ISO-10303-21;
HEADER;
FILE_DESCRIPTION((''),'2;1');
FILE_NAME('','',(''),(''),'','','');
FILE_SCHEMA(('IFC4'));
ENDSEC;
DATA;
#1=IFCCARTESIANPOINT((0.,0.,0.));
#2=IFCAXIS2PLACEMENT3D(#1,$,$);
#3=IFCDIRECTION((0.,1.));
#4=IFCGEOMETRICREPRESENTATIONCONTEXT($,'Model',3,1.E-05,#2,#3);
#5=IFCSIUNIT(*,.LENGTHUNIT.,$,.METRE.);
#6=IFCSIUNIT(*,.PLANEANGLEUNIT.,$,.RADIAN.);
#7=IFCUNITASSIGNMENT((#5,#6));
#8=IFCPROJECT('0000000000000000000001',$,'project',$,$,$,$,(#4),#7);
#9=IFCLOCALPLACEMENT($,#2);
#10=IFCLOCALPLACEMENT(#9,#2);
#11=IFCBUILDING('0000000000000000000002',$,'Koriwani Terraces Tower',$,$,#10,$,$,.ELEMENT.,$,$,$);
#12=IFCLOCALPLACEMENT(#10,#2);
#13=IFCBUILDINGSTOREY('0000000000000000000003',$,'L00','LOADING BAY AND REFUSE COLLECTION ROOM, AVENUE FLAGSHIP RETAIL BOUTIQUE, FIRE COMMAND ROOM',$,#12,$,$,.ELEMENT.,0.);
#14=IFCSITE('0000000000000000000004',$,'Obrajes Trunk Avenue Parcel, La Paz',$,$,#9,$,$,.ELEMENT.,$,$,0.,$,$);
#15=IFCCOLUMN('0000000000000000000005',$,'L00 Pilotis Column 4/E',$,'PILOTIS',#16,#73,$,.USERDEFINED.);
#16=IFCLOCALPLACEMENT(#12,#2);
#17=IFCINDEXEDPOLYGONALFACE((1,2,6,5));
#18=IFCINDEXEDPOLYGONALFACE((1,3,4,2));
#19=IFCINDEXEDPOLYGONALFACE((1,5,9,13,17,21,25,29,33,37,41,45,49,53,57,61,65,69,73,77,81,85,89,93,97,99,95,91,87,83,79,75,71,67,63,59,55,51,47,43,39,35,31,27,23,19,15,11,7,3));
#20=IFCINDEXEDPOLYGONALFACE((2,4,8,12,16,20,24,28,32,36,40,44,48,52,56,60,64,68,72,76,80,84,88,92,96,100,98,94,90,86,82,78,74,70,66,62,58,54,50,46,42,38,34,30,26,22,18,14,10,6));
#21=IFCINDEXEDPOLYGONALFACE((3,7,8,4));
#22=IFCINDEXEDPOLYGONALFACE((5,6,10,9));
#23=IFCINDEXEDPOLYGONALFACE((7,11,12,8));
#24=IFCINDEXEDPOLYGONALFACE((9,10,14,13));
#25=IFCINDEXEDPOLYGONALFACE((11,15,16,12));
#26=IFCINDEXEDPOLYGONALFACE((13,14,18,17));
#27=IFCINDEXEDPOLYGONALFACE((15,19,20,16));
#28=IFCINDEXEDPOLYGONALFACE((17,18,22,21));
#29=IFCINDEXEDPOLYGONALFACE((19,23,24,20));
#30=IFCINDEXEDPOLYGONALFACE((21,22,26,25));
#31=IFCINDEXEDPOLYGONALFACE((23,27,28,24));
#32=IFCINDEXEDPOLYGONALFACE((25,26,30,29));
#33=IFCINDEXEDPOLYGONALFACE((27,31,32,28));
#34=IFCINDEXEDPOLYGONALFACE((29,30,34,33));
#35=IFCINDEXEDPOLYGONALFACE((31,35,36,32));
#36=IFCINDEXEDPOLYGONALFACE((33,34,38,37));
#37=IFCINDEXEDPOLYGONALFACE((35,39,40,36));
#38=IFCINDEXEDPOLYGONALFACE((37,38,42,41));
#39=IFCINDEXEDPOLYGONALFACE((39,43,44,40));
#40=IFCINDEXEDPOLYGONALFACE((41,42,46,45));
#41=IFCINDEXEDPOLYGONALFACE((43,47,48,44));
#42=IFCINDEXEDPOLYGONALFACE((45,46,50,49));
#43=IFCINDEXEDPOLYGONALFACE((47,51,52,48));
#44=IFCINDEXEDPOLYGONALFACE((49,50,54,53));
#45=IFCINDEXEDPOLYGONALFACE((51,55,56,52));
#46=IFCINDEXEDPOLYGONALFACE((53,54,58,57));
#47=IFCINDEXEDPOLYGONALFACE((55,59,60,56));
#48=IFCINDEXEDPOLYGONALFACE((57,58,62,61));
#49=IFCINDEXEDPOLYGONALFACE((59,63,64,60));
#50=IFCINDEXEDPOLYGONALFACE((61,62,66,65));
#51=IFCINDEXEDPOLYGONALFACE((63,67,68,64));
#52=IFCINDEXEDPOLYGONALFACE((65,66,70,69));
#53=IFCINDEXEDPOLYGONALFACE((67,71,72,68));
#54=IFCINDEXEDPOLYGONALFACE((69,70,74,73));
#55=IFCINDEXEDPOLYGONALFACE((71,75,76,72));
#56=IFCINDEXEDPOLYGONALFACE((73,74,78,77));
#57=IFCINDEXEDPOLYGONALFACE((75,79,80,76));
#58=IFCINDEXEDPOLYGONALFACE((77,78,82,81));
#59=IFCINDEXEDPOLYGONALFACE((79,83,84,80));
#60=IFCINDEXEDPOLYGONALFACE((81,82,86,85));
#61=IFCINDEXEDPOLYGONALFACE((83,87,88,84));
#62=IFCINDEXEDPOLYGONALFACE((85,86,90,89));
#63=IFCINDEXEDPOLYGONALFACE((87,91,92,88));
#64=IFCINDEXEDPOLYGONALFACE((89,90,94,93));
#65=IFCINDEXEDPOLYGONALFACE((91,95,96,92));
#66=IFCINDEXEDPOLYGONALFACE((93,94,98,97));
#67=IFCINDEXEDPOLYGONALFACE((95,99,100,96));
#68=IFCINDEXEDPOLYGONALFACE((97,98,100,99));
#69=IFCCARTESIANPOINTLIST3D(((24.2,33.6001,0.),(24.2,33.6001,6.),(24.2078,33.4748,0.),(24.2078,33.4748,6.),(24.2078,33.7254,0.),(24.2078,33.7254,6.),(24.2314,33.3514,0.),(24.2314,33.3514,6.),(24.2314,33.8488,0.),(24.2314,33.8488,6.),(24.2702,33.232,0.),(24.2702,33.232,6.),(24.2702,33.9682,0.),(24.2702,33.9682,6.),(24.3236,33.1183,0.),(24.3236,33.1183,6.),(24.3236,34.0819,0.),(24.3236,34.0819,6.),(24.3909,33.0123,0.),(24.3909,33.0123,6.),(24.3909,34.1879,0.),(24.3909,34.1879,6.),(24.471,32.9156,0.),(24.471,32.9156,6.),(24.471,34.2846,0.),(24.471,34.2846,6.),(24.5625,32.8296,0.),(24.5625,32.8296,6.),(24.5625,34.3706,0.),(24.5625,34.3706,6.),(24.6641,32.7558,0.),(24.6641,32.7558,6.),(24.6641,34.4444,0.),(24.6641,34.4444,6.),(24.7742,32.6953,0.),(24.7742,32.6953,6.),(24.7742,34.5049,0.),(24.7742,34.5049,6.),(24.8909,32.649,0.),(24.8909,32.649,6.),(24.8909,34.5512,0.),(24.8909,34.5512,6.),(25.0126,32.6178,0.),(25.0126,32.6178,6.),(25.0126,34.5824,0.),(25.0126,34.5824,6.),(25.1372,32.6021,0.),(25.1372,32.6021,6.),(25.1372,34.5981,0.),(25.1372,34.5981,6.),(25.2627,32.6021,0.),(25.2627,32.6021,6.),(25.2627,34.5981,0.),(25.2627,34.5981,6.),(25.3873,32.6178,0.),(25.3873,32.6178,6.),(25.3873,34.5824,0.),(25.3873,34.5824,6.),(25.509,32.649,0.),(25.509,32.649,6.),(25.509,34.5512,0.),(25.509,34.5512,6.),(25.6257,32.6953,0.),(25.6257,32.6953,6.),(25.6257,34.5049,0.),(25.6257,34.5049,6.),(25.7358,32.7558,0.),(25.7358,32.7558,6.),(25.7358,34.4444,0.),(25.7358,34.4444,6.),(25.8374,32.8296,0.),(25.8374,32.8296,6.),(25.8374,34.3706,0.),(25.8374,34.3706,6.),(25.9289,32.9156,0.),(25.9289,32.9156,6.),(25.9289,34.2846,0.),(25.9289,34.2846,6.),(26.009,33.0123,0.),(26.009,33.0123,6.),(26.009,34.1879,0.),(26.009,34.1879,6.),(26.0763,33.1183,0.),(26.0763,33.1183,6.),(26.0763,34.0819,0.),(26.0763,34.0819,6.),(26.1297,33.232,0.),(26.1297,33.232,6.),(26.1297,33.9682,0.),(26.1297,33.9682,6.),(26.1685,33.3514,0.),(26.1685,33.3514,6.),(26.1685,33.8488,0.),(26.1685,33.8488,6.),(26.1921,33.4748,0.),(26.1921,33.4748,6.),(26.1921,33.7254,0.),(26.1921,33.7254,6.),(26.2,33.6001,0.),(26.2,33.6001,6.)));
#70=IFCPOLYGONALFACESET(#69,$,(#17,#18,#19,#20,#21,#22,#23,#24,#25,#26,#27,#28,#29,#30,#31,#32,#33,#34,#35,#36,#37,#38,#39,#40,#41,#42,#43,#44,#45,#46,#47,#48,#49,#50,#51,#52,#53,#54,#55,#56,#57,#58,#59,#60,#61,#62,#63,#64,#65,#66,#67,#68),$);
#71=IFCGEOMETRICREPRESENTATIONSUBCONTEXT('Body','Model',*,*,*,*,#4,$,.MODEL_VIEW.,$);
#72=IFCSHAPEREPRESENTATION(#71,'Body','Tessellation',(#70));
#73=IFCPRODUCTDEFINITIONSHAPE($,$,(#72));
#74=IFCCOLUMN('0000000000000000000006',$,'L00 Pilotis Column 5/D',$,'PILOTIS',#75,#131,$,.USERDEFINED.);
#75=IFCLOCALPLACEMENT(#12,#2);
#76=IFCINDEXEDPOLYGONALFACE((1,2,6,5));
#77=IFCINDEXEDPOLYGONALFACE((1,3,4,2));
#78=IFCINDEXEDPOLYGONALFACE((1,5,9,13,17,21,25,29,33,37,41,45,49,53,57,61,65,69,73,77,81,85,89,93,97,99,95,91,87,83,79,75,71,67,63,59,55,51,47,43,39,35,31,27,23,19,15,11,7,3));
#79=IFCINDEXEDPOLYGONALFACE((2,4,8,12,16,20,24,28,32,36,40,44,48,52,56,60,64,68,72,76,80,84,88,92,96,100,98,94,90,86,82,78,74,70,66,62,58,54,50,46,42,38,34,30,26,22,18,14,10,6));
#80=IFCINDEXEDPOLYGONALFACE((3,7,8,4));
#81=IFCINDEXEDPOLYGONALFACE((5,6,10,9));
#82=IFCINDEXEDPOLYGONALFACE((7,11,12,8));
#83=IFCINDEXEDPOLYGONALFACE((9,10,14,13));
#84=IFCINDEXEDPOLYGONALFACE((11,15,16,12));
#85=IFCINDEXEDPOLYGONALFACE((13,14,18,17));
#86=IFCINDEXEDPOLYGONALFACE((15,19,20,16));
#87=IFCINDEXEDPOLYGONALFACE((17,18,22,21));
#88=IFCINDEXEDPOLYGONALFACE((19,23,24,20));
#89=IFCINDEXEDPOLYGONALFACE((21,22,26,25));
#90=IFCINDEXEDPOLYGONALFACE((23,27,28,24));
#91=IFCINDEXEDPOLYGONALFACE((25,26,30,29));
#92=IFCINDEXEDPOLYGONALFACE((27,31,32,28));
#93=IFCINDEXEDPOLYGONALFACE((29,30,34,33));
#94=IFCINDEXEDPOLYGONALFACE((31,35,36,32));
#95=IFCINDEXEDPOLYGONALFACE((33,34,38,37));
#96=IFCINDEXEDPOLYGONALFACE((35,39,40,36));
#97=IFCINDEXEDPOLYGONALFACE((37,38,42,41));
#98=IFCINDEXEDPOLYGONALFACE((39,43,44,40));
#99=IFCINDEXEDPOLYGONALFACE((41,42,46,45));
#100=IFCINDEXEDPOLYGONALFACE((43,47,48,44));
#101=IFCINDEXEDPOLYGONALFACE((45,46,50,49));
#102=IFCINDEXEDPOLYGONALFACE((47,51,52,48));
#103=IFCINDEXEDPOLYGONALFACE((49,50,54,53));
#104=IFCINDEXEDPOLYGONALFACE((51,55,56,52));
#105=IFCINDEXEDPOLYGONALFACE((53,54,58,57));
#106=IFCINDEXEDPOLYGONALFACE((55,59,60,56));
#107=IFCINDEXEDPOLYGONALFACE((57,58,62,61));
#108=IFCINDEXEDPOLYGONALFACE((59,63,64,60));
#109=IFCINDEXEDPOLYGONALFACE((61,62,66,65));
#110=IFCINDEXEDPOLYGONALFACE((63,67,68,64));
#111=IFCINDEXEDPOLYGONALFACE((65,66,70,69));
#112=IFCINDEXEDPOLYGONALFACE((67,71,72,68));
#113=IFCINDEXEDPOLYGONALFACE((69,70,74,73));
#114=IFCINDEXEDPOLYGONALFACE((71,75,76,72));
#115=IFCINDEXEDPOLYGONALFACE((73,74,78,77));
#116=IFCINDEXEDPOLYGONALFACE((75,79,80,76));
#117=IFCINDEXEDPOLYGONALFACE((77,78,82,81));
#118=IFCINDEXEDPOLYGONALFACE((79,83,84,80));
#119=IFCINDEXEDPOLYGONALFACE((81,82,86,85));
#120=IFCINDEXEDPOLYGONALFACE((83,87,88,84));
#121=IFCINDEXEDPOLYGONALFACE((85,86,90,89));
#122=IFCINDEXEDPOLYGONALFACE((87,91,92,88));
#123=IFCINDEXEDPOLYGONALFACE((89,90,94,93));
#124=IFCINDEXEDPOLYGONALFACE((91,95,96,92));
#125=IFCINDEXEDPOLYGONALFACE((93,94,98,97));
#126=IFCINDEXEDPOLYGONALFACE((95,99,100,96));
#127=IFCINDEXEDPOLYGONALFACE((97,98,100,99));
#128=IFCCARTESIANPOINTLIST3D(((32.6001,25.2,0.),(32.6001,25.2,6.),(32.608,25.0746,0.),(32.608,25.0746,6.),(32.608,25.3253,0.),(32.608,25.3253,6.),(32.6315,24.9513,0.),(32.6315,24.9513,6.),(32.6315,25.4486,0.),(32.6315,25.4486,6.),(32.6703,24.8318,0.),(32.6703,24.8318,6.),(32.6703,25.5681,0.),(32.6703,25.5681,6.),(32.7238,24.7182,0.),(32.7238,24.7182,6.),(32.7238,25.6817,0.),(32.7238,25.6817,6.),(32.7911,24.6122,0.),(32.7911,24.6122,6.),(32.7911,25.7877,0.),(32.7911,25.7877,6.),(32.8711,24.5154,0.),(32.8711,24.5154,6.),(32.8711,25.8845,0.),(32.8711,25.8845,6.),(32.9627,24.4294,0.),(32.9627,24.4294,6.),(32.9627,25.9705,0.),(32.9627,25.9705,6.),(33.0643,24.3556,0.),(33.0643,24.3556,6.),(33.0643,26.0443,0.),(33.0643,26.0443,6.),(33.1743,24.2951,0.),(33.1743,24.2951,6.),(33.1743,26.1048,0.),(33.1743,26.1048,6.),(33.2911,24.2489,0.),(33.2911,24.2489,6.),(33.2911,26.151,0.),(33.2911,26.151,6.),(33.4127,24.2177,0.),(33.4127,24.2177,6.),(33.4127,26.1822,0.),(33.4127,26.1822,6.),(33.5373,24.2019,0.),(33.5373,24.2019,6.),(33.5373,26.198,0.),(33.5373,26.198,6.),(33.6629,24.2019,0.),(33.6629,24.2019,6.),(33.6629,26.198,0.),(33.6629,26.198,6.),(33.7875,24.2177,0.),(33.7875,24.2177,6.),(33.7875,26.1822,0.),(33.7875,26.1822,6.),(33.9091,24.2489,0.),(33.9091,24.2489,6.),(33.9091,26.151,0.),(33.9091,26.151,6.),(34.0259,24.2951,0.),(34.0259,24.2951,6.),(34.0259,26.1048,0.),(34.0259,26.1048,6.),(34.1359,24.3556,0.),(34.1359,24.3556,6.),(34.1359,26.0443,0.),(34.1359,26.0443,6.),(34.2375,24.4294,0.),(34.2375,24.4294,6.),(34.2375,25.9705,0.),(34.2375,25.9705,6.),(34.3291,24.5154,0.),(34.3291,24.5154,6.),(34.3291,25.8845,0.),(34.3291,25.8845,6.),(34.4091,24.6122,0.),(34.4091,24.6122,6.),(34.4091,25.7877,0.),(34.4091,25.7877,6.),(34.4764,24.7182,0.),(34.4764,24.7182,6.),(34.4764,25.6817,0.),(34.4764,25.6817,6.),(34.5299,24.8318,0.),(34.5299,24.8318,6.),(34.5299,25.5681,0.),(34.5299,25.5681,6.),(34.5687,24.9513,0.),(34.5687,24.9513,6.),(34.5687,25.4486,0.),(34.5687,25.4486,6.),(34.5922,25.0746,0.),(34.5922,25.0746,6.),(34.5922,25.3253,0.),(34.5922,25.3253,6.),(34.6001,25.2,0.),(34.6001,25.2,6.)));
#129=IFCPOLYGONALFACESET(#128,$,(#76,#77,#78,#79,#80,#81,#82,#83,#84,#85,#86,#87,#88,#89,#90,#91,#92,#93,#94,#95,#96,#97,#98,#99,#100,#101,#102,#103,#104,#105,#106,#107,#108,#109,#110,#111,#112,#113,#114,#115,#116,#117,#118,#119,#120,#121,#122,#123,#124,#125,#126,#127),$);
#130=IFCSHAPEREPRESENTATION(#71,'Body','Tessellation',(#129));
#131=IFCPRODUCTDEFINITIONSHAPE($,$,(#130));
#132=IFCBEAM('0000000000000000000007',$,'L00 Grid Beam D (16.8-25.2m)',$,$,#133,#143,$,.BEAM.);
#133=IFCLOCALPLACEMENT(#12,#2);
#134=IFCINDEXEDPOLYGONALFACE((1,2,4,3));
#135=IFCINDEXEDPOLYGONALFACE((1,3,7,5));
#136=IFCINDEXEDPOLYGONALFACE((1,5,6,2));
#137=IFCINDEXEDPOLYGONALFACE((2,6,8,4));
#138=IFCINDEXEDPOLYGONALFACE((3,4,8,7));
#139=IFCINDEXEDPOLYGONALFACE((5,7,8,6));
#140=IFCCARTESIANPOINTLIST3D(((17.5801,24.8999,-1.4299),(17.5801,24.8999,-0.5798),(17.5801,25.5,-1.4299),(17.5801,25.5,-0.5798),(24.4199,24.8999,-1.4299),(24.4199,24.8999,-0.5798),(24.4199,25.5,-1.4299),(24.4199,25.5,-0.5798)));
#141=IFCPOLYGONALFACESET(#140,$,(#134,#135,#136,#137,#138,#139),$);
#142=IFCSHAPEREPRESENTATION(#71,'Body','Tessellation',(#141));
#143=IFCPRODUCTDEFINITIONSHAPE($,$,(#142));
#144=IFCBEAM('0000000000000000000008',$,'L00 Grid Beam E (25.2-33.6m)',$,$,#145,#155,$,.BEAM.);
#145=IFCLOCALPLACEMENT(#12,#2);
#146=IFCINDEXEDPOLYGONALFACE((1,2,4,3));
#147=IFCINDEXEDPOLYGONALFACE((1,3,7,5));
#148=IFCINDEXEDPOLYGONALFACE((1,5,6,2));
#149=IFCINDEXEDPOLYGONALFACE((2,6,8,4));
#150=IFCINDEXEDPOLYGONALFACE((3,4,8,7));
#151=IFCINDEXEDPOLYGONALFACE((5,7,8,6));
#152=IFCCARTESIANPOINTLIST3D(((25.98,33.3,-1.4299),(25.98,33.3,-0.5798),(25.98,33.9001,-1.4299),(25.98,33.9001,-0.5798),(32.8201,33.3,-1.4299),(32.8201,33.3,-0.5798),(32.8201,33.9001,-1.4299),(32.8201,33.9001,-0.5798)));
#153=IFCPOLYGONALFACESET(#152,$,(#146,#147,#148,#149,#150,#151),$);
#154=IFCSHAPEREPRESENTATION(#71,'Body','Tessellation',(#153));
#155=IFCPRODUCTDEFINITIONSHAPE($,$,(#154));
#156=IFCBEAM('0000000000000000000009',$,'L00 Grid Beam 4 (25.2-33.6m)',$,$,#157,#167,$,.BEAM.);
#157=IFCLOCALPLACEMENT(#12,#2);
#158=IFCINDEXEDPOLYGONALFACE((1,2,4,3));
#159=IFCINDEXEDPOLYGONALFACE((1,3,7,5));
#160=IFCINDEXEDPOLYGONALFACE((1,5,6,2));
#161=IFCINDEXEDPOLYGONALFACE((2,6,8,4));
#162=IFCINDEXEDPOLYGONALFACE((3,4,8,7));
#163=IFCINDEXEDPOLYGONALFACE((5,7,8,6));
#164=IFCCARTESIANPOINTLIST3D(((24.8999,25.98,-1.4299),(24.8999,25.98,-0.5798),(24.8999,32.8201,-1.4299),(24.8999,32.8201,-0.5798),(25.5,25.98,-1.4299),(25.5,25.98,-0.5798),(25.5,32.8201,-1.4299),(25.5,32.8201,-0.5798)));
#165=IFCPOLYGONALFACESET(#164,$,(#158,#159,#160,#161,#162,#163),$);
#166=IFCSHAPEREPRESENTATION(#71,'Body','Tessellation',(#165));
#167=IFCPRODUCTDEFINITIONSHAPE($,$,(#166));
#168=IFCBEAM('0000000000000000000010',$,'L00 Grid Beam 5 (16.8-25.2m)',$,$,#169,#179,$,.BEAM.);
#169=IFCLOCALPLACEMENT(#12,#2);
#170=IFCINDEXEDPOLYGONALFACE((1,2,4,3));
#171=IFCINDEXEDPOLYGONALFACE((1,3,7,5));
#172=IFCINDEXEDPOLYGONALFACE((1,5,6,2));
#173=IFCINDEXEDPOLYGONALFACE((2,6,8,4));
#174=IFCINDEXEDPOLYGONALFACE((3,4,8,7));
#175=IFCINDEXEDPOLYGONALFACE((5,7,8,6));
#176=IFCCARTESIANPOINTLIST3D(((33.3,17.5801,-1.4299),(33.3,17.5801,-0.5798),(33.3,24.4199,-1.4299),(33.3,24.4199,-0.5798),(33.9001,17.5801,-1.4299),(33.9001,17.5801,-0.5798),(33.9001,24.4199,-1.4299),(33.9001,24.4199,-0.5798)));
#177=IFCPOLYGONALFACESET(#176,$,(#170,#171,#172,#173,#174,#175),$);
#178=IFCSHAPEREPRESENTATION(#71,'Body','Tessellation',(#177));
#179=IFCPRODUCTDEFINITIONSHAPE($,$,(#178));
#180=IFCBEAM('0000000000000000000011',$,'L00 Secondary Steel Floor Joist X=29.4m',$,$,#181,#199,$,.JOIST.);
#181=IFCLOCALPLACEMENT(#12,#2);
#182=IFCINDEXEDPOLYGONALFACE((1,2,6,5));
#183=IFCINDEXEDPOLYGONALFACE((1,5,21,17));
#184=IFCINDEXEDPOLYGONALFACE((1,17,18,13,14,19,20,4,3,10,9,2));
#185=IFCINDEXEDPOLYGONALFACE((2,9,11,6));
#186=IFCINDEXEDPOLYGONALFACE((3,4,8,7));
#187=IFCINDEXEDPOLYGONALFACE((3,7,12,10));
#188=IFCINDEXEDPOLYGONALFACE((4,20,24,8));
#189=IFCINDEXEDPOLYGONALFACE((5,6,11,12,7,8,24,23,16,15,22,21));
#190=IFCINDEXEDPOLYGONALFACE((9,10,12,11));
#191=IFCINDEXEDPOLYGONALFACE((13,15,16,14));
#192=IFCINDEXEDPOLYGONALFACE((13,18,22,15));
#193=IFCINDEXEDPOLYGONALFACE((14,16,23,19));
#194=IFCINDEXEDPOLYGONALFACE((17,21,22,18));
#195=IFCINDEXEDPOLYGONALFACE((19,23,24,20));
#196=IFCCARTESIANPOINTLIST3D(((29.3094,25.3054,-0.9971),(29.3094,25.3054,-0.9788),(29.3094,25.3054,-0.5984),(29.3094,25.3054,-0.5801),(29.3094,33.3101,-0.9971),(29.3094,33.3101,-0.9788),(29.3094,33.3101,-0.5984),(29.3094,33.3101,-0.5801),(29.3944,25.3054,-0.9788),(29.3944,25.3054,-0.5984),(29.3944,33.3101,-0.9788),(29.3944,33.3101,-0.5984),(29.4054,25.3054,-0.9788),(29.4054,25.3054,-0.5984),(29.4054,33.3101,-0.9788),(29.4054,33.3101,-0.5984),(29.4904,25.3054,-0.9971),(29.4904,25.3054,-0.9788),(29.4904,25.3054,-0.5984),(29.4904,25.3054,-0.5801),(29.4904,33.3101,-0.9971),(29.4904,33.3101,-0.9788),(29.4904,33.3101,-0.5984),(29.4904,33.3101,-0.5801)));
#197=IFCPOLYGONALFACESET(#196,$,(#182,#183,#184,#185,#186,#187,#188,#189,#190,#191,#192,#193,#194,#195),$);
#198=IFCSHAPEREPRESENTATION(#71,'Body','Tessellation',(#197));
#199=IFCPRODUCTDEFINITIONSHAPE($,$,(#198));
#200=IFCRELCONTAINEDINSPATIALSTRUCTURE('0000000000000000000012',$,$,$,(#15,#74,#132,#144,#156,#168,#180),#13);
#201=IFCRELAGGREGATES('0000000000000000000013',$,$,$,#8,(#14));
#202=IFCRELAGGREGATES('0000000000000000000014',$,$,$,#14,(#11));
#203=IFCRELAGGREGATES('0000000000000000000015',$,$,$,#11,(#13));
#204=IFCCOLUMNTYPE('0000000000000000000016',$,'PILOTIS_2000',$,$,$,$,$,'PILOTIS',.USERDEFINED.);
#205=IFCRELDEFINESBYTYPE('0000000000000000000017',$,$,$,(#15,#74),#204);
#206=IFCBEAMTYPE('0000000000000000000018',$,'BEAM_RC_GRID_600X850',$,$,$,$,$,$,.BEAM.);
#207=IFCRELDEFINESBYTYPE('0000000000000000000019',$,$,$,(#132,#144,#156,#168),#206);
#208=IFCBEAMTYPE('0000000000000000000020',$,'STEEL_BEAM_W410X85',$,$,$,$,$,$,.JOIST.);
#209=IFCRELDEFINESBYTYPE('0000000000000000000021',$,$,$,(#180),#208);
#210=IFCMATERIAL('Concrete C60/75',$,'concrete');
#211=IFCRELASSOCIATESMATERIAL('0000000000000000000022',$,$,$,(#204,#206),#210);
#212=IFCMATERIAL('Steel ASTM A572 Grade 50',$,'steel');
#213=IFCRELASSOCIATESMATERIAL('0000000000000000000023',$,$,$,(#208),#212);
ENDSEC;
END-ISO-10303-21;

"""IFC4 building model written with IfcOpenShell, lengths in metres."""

from ifc_helpers import new_model, si_unit, direction, frame, origin, origin_2d, place, context, subcontext, project, spatial, rectangle, circle, i_section, extrude, material, material_profile, profile_set, type_object, element, save


model = new_model("IFC4")

# Units and contexts
model_context = context("Model", 3, precision=1e-05, world=origin(), true_north=direction((0.0, 1.0)))
body_context = subcontext(model_context, "Body", "Model", "MODEL_VIEW")
ifc_project = project(units=[si_unit("LENGTHUNIT", "METRE"), si_unit("PLANEANGLEUNIT", "RADIAN")], contexts=[model_context])

# Site, building, storey
site_placement = place(None, origin())
site = spatial("IfcSite", under=ifc_project, at=site_placement, Name="Obrajes Trunk Avenue Parcel, La Paz", CompositionType="ELEMENT", RefElevation=0.0)
building_placement = place(site_placement, origin())
building = spatial("IfcBuilding", under=site, at=building_placement, Name="Koriwani Terraces Tower", CompositionType="ELEMENT")
storey_placement = place(building_placement, origin())
storey = spatial("IfcBuildingStorey", under=building, at=storey_placement, Name="L00", Description="LOADING BAY AND REFUSE COLLECTION ROOM, AVENUE FLAGSHIP RETAIL BOUTIQUE, FIRE COMMAND ROOM", CompositionType="ELEMENT", Elevation=0.0)

# Columns
ifc_material_1 = material(Name="Concrete C60/75", Category="concrete")
ifc_material_profile_1 = material_profile(ifc_material_1, circle(Radius=1.0, at=origin_2d()), Name="Concrete C60/75", Category="LoadBearing")
ifc_profile_set_1 = profile_set([ifc_material_profile_1], Name="Concrete C60/75")
column_type = type_object("IfcColumnType", Name="PILOTIS_2000", ElementType="PILOTIS", PredefinedType="USERDEFINED", material=ifc_profile_set_1)
for number, where, z_axis, x_axis, name in (
    (1, (25.2, 33.6001, 0.0), (0.0, 0.0, 1.0), (1.0, 0.0, 0.0), "L00 Pilotis Column 4/E"),
    (2, (33.6001, 25.2, 0.0), (0.0, 0.0, 1.0), (1.0, 0.0, 0.0), "L00 Pilotis Column 5/D"),
):
    element("IfcColumn", number, at=place(storey_placement, frame(where, z_axis=z_axis, x_axis=x_axis)), inside=storey, type_object=column_type, Name=name, ObjectType="PILOTIS", PredefinedType="USERDEFINED", context=body_context, shape_type="SweptSolid", body=[
        extrude(circle(Radius=1.0, at=origin_2d()), origin(), (0.0, 0.0, 1.0), 6.0),
    ])

# Beams
ifc_material_profile_2 = material_profile(ifc_material_1, rectangle(XDim=0.6001, YDim=0.8501, at=origin_2d()), Name="Concrete C60/75", Category="LoadBearing")
ifc_profile_set_2 = profile_set([ifc_material_profile_2], Name="Concrete C60/75")
beam_type_1 = type_object("IfcBeamType", Name="BEAM_RC_GRID_600X850", PredefinedType="BEAM", material=ifc_profile_set_2)
beam_1_placement = place(storey_placement, frame((17.5801, 25.2, -1.0049), z_axis=(1.0, 0.0, 0.0), x_axis=(0.0, 1.0, 0.0)))
element("IfcBeam", 3, at=beam_1_placement, inside=storey, type_object=beam_type_1, Name="L00 Grid Beam D (16.8-25.2m)", PredefinedType="BEAM", context=body_context, shape_type="SweptSolid", body=[
    extrude(rectangle(XDim=0.6001, YDim=0.8501, at=origin_2d()), origin(), (0.0, 0.0, 1.0), 6.8398),
])
for number, where, z_axis, x_axis, name in (
    (4, (25.98, 33.6001, -1.0049), (1.0, 0.0, 0.0), (0.0, 1.0, 0.0), "L00 Grid Beam E (25.2-33.6m)"),
    (5, (25.2, 25.98, -1.0049), (0.0, 1.0, 0.0), (-1.0, 0.0, 0.0), "L00 Grid Beam 4 (25.2-33.6m)"),
):
    element("IfcBeam", number, at=place(storey_placement, frame(where, z_axis=z_axis, x_axis=x_axis)), inside=storey, type_object=beam_type_1, Name=name, PredefinedType="BEAM", context=body_context, shape_type="SweptSolid", body=[
        extrude(rectangle(XDim=0.6001, YDim=0.8501, at=origin_2d()), origin(), (0.0, 0.0, 1.0), 6.8401),
    ])
beam_2_placement = place(storey_placement, frame((33.6001, 17.5801, -1.0049), z_axis=(0.0, 1.0, 0.0), x_axis=(-1.0, 0.0, 0.0)))
element("IfcBeam", 6, at=beam_2_placement, inside=storey, type_object=beam_type_1, Name="L00 Grid Beam 5 (16.8-25.2m)", PredefinedType="BEAM", context=body_context, shape_type="SweptSolid", body=[
    extrude(rectangle(XDim=0.6001, YDim=0.8501, at=origin_2d()), origin(), (0.0, 0.0, 1.0), 6.8398),
])
ifc_material_2 = material(Name="Steel ASTM A572 Grade 50", Category="steel")
ifc_material_profile_3 = material_profile(ifc_material_2, i_section(OverallWidth=0.1809, OverallDepth=0.417, WebThickness=0.011, FlangeThickness=0.0183, at=origin_2d()), Name="Steel ASTM A572 Grade 50", Category="LoadBearing")
ifc_profile_set_3 = profile_set([ifc_material_profile_3], Name="Steel ASTM A572 Grade 50")
beam_type_2 = type_object("IfcBeamType", Name="STEEL_BEAM_W410X85", PredefinedType="JOIST", material=ifc_profile_set_3)
beam_3_placement = place(storey_placement, frame((29.3999, 25.3054, -0.7886), z_axis=(0.0, 1.0, 0.0), x_axis=(-1.0, 0.0, 0.0)))
element("IfcBeam", 7, at=beam_3_placement, inside=storey, type_object=beam_type_2, Name="L00 Secondary Steel Floor Joist X=29.4m", PredefinedType="JOIST", context=body_context, shape_type="SweptSolid", body=[
    extrude(i_section(OverallWidth=0.1809, OverallDepth=0.417, WebThickness=0.011, FlangeThickness=0.0183, at=origin_2d()), origin(), (0.0, 0.0, 1.0), 8.0046),
])

save(model, "model.ifc")
